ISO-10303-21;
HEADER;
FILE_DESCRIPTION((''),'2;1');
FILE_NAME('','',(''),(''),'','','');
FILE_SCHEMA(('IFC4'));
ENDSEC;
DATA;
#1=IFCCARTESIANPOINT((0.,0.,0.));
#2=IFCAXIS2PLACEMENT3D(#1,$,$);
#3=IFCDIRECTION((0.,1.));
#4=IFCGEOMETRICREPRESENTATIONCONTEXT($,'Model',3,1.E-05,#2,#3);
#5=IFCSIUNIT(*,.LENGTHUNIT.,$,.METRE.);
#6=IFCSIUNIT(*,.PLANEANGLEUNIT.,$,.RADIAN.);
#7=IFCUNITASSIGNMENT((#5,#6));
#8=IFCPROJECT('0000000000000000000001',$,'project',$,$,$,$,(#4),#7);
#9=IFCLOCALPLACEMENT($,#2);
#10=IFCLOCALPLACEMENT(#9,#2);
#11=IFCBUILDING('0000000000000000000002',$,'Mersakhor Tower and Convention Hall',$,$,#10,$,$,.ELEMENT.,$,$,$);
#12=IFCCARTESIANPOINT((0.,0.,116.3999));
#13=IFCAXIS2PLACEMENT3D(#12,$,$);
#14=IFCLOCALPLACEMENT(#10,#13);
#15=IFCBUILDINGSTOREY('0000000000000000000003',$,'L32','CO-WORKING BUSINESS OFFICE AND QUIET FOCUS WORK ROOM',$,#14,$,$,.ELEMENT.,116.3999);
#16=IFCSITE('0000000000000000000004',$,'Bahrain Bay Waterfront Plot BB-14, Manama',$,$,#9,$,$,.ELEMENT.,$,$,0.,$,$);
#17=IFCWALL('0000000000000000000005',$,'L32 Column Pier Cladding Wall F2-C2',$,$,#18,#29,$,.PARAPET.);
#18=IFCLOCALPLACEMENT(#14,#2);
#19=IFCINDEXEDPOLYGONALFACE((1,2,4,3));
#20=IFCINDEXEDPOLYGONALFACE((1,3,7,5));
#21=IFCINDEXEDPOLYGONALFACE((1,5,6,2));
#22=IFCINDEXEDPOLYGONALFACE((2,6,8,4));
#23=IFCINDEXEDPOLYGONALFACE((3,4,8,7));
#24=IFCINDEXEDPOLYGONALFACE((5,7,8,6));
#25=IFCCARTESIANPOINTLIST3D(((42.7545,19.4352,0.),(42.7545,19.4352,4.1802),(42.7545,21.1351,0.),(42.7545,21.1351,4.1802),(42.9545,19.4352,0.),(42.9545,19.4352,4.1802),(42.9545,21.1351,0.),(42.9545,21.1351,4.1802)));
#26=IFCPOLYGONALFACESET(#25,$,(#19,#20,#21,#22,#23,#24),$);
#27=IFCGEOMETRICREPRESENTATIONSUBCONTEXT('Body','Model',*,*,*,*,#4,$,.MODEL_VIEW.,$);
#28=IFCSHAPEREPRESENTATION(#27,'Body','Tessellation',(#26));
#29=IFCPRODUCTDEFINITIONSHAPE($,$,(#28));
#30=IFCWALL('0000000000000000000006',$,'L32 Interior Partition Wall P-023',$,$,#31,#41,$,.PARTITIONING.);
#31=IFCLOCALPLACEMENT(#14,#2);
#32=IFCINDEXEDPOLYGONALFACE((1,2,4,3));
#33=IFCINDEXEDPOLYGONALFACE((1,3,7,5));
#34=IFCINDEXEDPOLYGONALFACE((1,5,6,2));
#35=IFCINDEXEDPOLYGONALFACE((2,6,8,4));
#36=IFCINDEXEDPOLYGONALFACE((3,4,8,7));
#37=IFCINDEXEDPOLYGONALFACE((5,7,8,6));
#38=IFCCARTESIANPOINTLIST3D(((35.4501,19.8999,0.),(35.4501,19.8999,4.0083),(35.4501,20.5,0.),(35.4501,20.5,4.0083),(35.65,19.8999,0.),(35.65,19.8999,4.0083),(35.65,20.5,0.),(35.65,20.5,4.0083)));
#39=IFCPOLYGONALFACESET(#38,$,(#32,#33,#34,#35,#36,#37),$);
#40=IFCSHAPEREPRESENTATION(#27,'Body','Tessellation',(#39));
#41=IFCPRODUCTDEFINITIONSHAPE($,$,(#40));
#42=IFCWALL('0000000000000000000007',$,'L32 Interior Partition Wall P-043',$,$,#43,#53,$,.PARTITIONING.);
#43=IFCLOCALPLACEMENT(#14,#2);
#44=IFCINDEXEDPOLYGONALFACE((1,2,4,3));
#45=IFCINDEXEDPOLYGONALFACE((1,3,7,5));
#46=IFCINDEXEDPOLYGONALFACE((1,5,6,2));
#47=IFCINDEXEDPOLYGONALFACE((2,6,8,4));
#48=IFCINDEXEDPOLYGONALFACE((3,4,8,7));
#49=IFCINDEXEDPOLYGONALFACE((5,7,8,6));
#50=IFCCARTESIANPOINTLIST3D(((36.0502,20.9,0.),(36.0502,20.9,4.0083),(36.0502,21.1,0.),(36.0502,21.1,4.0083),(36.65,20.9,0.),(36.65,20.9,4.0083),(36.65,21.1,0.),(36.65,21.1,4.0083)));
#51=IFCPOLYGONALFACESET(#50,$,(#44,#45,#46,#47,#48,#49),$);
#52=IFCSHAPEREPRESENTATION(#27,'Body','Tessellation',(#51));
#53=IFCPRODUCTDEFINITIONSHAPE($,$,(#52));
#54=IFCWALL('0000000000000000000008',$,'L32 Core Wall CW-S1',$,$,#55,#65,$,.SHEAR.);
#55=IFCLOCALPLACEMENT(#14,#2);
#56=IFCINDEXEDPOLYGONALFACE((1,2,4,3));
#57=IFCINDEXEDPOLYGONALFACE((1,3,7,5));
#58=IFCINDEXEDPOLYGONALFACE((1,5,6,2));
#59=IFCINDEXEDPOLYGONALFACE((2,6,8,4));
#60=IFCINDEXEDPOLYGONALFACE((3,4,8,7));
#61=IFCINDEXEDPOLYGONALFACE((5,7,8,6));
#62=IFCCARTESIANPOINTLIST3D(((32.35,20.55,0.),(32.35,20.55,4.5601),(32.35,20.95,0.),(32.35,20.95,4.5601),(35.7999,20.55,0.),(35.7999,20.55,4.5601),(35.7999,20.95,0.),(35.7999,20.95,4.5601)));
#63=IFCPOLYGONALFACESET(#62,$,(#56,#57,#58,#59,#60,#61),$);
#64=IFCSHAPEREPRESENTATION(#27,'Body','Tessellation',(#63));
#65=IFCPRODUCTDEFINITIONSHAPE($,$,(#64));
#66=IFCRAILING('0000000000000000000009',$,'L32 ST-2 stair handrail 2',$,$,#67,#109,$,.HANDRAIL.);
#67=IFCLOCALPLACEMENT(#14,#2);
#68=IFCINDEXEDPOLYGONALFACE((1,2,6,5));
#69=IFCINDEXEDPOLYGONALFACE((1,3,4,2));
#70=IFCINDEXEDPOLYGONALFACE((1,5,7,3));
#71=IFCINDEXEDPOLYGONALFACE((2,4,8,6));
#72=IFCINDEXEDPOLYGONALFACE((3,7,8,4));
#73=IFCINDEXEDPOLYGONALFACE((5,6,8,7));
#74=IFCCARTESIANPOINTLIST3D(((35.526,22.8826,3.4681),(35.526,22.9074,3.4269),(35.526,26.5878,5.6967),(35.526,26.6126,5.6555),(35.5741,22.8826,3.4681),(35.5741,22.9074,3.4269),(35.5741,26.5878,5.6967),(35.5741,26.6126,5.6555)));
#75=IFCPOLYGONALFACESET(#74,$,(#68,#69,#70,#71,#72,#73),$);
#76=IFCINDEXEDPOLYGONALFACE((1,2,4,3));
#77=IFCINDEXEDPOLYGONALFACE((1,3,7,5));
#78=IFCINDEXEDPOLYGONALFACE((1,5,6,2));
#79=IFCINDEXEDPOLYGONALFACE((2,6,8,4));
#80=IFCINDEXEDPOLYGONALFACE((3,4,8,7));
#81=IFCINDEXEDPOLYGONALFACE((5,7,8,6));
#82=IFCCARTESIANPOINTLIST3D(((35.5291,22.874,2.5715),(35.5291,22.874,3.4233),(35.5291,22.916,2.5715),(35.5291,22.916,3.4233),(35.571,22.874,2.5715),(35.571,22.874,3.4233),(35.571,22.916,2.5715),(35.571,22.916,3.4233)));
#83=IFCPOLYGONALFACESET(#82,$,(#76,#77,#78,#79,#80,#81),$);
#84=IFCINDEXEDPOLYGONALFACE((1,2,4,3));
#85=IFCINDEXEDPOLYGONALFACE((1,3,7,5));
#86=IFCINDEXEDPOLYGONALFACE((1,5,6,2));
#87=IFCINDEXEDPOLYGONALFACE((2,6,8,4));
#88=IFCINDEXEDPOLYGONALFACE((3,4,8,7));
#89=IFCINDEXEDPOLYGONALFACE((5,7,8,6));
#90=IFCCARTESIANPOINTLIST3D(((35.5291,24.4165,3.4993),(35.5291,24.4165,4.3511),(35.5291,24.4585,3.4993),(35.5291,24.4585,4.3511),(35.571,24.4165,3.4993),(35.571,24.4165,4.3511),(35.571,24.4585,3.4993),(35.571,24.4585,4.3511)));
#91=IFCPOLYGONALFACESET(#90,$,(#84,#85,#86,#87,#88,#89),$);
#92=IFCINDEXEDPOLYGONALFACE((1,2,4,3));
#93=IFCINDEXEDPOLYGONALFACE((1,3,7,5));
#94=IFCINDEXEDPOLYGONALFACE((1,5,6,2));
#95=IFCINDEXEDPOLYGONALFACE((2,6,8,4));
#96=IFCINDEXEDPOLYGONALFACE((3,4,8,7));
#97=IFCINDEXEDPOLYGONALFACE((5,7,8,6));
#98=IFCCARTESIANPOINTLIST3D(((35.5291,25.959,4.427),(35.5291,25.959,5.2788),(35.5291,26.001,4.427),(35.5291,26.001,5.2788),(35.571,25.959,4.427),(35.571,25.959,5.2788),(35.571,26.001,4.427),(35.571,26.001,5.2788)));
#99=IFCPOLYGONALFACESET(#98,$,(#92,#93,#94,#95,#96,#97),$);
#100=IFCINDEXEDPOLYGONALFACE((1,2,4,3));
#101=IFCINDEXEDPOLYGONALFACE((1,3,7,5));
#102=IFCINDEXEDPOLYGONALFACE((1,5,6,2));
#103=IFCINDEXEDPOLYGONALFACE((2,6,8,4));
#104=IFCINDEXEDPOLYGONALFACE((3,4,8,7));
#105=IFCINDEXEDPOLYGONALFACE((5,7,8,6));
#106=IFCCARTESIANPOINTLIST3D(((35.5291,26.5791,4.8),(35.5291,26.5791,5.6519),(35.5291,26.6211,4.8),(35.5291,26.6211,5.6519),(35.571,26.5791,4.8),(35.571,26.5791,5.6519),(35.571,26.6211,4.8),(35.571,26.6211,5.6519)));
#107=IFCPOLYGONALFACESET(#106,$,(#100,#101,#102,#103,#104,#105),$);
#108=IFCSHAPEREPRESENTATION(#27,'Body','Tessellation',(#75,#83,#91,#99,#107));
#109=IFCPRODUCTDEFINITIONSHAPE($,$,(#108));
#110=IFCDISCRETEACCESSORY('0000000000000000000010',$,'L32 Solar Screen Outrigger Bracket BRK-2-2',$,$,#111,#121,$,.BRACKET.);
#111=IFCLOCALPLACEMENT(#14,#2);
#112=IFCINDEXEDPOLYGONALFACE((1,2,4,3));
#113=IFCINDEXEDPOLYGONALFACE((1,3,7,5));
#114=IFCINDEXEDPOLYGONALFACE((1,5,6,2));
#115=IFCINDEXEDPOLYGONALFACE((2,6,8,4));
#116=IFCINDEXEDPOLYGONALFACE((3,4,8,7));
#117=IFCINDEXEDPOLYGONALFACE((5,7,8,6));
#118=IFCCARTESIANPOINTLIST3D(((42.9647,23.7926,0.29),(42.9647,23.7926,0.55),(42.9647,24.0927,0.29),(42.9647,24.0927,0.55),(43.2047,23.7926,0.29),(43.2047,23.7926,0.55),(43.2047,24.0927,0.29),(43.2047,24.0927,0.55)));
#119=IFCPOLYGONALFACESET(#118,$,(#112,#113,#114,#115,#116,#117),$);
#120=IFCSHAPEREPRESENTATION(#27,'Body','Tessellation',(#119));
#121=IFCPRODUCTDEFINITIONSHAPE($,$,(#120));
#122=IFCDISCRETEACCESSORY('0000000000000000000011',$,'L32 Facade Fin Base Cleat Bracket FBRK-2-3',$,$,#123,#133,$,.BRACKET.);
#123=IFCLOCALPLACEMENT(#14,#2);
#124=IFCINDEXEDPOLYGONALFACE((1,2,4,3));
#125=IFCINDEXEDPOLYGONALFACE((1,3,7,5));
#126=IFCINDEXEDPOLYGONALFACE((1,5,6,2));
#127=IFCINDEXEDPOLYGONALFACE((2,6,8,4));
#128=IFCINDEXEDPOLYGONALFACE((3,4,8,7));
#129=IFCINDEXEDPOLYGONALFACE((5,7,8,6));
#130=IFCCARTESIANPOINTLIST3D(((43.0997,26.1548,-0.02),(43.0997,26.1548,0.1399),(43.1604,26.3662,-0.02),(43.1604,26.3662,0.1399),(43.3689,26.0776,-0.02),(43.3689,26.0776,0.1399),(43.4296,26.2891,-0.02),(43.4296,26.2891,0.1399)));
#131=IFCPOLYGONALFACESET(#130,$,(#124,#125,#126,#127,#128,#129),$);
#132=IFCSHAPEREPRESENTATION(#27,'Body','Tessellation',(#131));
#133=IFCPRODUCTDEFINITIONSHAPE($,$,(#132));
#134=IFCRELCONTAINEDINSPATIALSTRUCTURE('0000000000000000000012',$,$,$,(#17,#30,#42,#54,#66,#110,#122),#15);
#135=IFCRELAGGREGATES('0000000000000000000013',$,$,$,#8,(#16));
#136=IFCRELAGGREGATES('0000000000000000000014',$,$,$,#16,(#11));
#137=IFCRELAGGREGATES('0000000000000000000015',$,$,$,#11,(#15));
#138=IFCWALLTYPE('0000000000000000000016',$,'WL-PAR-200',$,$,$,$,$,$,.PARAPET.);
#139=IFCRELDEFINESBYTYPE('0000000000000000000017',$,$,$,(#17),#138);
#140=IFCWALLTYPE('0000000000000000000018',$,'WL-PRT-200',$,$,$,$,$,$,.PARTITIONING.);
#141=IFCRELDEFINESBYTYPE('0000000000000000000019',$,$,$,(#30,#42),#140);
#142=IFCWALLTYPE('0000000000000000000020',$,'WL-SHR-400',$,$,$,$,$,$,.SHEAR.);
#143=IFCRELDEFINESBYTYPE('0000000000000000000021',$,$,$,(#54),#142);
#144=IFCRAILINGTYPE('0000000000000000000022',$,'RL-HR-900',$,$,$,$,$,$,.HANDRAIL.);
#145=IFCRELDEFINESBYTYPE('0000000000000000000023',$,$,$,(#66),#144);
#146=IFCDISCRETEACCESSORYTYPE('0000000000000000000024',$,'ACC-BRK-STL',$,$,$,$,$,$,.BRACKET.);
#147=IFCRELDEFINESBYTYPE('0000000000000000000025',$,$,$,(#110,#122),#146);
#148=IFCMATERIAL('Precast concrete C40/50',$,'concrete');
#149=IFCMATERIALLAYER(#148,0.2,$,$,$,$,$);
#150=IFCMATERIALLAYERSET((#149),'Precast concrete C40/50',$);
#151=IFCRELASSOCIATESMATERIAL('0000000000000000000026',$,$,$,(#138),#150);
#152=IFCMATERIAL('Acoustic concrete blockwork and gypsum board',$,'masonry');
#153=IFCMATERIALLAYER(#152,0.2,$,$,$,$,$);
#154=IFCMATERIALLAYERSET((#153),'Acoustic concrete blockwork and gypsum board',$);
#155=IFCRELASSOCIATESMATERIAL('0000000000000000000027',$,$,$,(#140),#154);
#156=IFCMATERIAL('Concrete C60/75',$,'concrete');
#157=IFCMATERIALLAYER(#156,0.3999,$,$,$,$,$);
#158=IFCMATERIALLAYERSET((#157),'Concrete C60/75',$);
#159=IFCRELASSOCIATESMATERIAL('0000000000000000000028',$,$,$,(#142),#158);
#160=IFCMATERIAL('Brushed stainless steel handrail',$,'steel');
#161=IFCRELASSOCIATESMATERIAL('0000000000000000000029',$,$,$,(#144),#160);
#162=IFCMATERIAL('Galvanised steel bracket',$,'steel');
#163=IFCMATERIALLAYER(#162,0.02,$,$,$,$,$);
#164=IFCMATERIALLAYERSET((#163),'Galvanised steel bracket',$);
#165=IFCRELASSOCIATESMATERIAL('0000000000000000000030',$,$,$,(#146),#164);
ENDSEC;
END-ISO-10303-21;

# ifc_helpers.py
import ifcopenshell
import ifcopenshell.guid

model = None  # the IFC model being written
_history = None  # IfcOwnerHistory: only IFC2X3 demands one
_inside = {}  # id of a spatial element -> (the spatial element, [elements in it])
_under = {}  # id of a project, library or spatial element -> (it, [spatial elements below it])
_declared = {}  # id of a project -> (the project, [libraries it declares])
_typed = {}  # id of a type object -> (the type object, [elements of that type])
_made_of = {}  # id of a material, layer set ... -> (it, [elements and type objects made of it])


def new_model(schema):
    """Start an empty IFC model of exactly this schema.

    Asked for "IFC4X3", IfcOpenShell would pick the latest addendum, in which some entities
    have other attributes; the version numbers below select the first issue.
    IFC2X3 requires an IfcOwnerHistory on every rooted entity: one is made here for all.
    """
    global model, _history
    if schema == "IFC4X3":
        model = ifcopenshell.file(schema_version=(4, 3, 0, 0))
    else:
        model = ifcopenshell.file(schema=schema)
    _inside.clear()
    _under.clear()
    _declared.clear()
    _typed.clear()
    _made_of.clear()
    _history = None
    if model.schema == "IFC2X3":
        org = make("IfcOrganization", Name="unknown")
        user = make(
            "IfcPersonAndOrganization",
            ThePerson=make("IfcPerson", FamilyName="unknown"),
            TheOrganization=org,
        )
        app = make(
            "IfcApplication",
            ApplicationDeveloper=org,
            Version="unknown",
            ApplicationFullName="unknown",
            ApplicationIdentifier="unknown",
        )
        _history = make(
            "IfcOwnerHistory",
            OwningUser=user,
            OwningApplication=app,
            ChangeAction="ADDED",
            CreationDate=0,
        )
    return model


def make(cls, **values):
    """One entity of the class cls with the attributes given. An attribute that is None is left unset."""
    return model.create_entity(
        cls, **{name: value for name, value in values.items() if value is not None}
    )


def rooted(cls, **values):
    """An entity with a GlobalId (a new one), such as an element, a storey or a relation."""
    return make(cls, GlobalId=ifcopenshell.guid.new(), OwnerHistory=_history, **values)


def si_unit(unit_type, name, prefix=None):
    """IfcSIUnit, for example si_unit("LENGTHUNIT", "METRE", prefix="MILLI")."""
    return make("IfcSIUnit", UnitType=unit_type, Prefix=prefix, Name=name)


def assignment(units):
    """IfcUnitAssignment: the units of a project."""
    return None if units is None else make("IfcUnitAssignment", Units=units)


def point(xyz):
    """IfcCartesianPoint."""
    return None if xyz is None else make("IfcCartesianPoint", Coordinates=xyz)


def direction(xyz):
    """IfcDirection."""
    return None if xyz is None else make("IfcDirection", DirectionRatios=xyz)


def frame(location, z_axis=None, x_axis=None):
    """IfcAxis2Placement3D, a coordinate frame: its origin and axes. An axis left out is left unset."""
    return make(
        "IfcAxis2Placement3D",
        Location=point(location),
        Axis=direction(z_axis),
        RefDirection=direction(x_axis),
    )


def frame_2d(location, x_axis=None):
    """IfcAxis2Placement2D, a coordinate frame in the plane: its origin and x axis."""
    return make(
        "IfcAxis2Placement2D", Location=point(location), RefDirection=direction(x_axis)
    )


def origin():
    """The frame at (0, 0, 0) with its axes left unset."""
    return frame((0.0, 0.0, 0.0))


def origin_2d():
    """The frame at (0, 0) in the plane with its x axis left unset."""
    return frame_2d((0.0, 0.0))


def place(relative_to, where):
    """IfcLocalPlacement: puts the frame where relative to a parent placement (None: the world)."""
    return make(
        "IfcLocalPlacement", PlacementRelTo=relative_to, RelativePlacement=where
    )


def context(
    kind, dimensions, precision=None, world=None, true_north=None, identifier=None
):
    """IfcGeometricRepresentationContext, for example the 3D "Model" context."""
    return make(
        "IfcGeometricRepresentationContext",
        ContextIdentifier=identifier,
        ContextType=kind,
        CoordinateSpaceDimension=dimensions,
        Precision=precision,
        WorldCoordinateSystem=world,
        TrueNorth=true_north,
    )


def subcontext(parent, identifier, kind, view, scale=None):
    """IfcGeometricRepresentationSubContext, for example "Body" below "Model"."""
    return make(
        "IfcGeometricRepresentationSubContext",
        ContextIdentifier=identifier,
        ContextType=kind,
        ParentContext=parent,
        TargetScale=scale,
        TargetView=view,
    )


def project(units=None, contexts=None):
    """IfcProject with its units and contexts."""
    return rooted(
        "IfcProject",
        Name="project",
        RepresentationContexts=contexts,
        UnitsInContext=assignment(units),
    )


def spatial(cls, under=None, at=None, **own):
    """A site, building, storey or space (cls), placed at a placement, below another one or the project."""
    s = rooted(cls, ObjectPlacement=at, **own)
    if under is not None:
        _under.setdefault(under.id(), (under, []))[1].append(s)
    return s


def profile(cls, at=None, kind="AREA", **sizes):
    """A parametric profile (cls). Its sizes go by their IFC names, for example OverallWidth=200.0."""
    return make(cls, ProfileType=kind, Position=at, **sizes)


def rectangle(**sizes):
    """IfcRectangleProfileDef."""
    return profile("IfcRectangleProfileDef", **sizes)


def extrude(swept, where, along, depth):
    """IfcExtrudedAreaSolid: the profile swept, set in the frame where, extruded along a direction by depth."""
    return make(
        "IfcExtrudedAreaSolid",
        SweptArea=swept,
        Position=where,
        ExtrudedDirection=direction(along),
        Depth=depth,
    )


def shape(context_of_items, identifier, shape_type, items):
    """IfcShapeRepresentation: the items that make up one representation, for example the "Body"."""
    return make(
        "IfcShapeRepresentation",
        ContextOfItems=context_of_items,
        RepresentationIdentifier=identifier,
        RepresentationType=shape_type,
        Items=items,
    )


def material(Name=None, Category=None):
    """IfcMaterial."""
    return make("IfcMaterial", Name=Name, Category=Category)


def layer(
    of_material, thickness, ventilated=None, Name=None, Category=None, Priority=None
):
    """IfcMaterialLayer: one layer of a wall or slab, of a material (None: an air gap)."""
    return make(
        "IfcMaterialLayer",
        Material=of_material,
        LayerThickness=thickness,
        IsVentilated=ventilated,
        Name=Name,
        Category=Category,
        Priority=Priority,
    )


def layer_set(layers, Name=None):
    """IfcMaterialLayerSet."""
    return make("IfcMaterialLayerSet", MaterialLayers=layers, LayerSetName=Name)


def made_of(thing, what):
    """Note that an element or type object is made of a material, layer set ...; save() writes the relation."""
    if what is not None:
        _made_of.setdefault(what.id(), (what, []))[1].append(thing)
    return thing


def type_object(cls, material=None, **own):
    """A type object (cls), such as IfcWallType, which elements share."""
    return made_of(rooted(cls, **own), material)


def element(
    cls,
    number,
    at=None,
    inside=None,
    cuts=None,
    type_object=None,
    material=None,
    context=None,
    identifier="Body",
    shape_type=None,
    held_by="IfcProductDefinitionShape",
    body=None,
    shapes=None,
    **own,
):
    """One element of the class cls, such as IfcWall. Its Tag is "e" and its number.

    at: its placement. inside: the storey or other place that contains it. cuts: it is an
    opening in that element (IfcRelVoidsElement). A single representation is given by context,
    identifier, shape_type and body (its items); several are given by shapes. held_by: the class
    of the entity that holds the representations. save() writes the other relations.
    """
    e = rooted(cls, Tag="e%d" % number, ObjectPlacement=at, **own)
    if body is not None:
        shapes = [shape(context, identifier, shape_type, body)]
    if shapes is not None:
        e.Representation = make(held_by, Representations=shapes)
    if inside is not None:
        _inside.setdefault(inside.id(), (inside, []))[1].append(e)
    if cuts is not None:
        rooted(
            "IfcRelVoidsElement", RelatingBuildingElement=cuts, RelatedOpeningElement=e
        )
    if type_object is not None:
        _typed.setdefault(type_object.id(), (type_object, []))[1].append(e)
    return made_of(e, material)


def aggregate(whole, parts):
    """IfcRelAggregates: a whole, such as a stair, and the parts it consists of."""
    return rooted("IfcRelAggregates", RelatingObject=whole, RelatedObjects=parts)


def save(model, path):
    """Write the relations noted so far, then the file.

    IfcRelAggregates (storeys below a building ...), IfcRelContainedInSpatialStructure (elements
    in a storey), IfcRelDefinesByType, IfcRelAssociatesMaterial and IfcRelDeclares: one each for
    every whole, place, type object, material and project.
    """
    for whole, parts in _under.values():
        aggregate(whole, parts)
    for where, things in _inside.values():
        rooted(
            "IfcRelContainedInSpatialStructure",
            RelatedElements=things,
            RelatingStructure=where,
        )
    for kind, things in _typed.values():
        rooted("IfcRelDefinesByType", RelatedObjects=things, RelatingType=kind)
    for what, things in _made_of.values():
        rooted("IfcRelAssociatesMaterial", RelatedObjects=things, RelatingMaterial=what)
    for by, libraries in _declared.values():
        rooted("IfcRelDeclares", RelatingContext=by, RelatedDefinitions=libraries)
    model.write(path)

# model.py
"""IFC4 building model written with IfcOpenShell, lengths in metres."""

from ifc_helpers import new_model, si_unit, direction, frame, frame_2d, origin, origin_2d, place, context, subcontext, project, spatial, rectangle, extrude, material, layer, layer_set, type_object, element, save


model = new_model("IFC4")

# Units and contexts
model_context = context("Model", 3, precision=1e-05, world=origin(), true_north=direction((0.0, 1.0)))
body_context = subcontext(model_context, "Body", "Model", "MODEL_VIEW")
ifc_project = project(units=[si_unit("LENGTHUNIT", "METRE"), si_unit("PLANEANGLEUNIT", "RADIAN")], contexts=[model_context])

# Site, building, storey
site_placement = place(None, origin())
site = spatial("IfcSite", under=ifc_project, at=site_placement, Name="Bahrain Bay Waterfront Plot BB-14, Manama", CompositionType="ELEMENT", RefElevation=0.0)
building_placement = place(site_placement, origin())
building = spatial("IfcBuilding", under=site, at=building_placement, Name="Mersakhor Tower and Convention Hall", CompositionType="ELEMENT")
storey_placement = place(building_placement, frame((0.0, 0.0, 116.3999)))
storey = spatial("IfcBuildingStorey", under=building, at=storey_placement, Name="L32", Description="CO-WORKING BUSINESS OFFICE AND QUIET FOCUS WORK ROOM", CompositionType="ELEMENT", Elevation=116.3999)

# Walls
ifc_material_1 = material(Name="Precast concrete C40/50", Category="concrete")
ifc_layer_1 = layer(ifc_material_1, 0.2)
ifc_layer_set_1 = layer_set([ifc_layer_1], Name="Precast concrete C40/50")
wall_type_1 = type_object("IfcWallType", Name="WL-PAR-200", PredefinedType="PARAPET", material=ifc_layer_set_1)
wall_1_placement = place(storey_placement, frame((42.8545, 21.1353, 0.0), z_axis=(0.0, 0.0, 1.0), x_axis=(0.0, -1.0, 0.0)))
element("IfcWall", 1, at=wall_1_placement, inside=storey, type_object=wall_type_1, Name="L32 Column Pier Cladding Wall F2-C2", PredefinedType="PARAPET", context=body_context, shape_type="SweptSolid", body=[
    extrude(rectangle(XDim=1.7, YDim=0.2, at=frame_2d((0.8501, 0.0))), origin(), (0.0, 0.0, 1.0), 4.1802),
])
ifc_material_2 = material(Name="Acoustic concrete blockwork and gypsum board", Category="masonry")
ifc_layer_2 = layer(ifc_material_2, 0.2)
ifc_layer_set_2 = layer_set([ifc_layer_2], Name="Acoustic concrete blockwork and gypsum board")
wall_type_2 = type_object("IfcWallType", Name="WL-PRT-200", PredefinedType="PARTITIONING", material=ifc_layer_set_2)
wall_2_placement = place(storey_placement, frame((35.55, 20.5, 0.0), z_axis=(0.0, 0.0, 1.0), x_axis=(0.0, -1.0, 0.0)))
element("IfcWall", 2, at=wall_2_placement, inside=storey, type_object=wall_type_2, Name="L32 Interior Partition Wall P-023", PredefinedType="PARTITIONING", context=body_context, shape_type="SweptSolid", body=[
    extrude(rectangle(XDim=0.6001, YDim=0.2, at=frame_2d((0.3, 0.0))), origin(), (0.0, 0.0, 1.0), 4.0083),
])
wall_3_placement = place(storey_placement, frame((36.6499, 21.0, 0.0), z_axis=(0.0, 0.0, 1.0), x_axis=(-1.0, 0.0, 0.0)))
element("IfcWall", 3, at=wall_3_placement, inside=storey, type_object=wall_type_2, Name="L32 Interior Partition Wall P-043", PredefinedType="PARTITIONING", context=body_context, shape_type="SweptSolid", body=[
    extrude(rectangle(XDim=0.5999, YDim=0.2, at=frame_2d((0.2998, 0.0))), origin(), (0.0, 0.0, 1.0), 4.0083),
])
ifc_material_3 = material(Name="Concrete C60/75", Category="concrete")
ifc_layer_3 = layer(ifc_material_3, 0.3999)
ifc_layer_set_3 = layer_set([ifc_layer_3], Name="Concrete C60/75")
wall_type_3 = type_object("IfcWallType", Name="WL-SHR-400", PredefinedType="SHEAR", material=ifc_layer_set_3)
wall_4_placement = place(storey_placement, frame((35.8, 20.75, 0.0), z_axis=(0.0, 0.0, 1.0), x_axis=(-1.0, 0.0, 0.0)))
element("IfcWall", 4, at=wall_4_placement, inside=storey, type_object=wall_type_3, Name="L32 Core Wall CW-S1", PredefinedType="SHEAR", context=body_context, shape_type="SweptSolid", body=[
    extrude(rectangle(XDim=3.45, YDim=0.3999, at=frame_2d((1.7251, 0.0))), origin(), (0.0, 0.0, 1.0), 4.5601),
])

# Railing
ifc_material_4 = material(Name="Brushed stainless steel handrail", Category="steel")
railing_type = type_object("IfcRailingType", Name="RL-HR-900", PredefinedType="HANDRAIL", material=ifc_material_4)
railing_placement = place(storey_placement, frame((35.55, 22.895, 2.5715)))
element("IfcRailing", 5, at=railing_placement, inside=storey, type_object=railing_type, Name="L32 ST-2 stair handrail 2", PredefinedType="HANDRAIL", context=body_context, shape_type="SweptSolid", body=[
    extrude(rectangle(XDim=0.0481, YDim=0.0481, at=origin_2d()), frame((0.0, 0.0, 0.876), z_axis=(0.0, 0.856934, 0.515425), x_axis=(-1.0, 0.0, 0.0)), (0.0, 0.0, 1.0), 4.3237),
    extrude(rectangle(XDim=0.042, YDim=0.042, at=origin_2d()), origin(), (0.0, 0.0, 1.0), 0.8518),
    extrude(rectangle(XDim=0.042, YDim=0.042, at=origin_2d()), frame((0.0, 1.5425, 0.9277)), (0.0, 0.0, 1.0), 0.8518),
    extrude(rectangle(XDim=0.042, YDim=0.042, at=origin_2d()), frame((0.0, 3.085, 1.8555)), (0.0, 0.0, 1.0), 0.8518),
    extrude(rectangle(XDim=0.042, YDim=0.042, at=origin_2d()), frame((0.0, 3.7051, 2.2285)), (0.0, 0.0, 1.0), 0.8518),
])

# Discrete accessories
ifc_material_5 = material(Name="Galvanised steel bracket", Category="steel")
ifc_layer_4 = layer(ifc_material_5, 0.02)
ifc_layer_set_4 = layer_set([ifc_layer_4], Name="Galvanised steel bracket")
discrete_accessory_type = type_object("IfcDiscreteAccessoryType", Name="ACC-BRK-STL", PredefinedType="BRACKET", material=ifc_layer_set_4)
discrete_accessory_1_placement = place(storey_placement, frame((43.0847, 23.9426, 0.29), z_axis=(0.0, 0.0, 1.0), x_axis=(0.0, -1.0, 0.0)))
element("IfcDiscreteAccessory", 6, at=discrete_accessory_1_placement, inside=storey, type_object=discrete_accessory_type, Name="L32 Solar Screen Outrigger Bracket BRK-2-2", PredefinedType="BRACKET", context=body_context, shape_type="SweptSolid", body=[
    extrude(rectangle(XDim=0.3, YDim=0.24, at=origin_2d()), origin(), (0.0, 0.0, 1.0), 0.26),
])
discrete_accessory_2_placement = place(storey_placement, frame((43.2646, 26.2219, -0.02), z_axis=(0.0, 0.0, 1.0), x_axis=(0.961262, -0.275637, 0.0)))
element("IfcDiscreteAccessory", 7, at=discrete_accessory_2_placement, inside=storey, type_object=discrete_accessory_type, Name="L32 Facade Fin Base Cleat Bracket FBRK-2-3", PredefinedType="BRACKET", context=body_context, shape_type="SweptSolid", body=[
    extrude(rectangle(XDim=0.28, YDim=0.22, at=origin_2d()), origin(), (0.0, 0.0, 1.0), 0.1599),
])

save(model, "model.ifc")
